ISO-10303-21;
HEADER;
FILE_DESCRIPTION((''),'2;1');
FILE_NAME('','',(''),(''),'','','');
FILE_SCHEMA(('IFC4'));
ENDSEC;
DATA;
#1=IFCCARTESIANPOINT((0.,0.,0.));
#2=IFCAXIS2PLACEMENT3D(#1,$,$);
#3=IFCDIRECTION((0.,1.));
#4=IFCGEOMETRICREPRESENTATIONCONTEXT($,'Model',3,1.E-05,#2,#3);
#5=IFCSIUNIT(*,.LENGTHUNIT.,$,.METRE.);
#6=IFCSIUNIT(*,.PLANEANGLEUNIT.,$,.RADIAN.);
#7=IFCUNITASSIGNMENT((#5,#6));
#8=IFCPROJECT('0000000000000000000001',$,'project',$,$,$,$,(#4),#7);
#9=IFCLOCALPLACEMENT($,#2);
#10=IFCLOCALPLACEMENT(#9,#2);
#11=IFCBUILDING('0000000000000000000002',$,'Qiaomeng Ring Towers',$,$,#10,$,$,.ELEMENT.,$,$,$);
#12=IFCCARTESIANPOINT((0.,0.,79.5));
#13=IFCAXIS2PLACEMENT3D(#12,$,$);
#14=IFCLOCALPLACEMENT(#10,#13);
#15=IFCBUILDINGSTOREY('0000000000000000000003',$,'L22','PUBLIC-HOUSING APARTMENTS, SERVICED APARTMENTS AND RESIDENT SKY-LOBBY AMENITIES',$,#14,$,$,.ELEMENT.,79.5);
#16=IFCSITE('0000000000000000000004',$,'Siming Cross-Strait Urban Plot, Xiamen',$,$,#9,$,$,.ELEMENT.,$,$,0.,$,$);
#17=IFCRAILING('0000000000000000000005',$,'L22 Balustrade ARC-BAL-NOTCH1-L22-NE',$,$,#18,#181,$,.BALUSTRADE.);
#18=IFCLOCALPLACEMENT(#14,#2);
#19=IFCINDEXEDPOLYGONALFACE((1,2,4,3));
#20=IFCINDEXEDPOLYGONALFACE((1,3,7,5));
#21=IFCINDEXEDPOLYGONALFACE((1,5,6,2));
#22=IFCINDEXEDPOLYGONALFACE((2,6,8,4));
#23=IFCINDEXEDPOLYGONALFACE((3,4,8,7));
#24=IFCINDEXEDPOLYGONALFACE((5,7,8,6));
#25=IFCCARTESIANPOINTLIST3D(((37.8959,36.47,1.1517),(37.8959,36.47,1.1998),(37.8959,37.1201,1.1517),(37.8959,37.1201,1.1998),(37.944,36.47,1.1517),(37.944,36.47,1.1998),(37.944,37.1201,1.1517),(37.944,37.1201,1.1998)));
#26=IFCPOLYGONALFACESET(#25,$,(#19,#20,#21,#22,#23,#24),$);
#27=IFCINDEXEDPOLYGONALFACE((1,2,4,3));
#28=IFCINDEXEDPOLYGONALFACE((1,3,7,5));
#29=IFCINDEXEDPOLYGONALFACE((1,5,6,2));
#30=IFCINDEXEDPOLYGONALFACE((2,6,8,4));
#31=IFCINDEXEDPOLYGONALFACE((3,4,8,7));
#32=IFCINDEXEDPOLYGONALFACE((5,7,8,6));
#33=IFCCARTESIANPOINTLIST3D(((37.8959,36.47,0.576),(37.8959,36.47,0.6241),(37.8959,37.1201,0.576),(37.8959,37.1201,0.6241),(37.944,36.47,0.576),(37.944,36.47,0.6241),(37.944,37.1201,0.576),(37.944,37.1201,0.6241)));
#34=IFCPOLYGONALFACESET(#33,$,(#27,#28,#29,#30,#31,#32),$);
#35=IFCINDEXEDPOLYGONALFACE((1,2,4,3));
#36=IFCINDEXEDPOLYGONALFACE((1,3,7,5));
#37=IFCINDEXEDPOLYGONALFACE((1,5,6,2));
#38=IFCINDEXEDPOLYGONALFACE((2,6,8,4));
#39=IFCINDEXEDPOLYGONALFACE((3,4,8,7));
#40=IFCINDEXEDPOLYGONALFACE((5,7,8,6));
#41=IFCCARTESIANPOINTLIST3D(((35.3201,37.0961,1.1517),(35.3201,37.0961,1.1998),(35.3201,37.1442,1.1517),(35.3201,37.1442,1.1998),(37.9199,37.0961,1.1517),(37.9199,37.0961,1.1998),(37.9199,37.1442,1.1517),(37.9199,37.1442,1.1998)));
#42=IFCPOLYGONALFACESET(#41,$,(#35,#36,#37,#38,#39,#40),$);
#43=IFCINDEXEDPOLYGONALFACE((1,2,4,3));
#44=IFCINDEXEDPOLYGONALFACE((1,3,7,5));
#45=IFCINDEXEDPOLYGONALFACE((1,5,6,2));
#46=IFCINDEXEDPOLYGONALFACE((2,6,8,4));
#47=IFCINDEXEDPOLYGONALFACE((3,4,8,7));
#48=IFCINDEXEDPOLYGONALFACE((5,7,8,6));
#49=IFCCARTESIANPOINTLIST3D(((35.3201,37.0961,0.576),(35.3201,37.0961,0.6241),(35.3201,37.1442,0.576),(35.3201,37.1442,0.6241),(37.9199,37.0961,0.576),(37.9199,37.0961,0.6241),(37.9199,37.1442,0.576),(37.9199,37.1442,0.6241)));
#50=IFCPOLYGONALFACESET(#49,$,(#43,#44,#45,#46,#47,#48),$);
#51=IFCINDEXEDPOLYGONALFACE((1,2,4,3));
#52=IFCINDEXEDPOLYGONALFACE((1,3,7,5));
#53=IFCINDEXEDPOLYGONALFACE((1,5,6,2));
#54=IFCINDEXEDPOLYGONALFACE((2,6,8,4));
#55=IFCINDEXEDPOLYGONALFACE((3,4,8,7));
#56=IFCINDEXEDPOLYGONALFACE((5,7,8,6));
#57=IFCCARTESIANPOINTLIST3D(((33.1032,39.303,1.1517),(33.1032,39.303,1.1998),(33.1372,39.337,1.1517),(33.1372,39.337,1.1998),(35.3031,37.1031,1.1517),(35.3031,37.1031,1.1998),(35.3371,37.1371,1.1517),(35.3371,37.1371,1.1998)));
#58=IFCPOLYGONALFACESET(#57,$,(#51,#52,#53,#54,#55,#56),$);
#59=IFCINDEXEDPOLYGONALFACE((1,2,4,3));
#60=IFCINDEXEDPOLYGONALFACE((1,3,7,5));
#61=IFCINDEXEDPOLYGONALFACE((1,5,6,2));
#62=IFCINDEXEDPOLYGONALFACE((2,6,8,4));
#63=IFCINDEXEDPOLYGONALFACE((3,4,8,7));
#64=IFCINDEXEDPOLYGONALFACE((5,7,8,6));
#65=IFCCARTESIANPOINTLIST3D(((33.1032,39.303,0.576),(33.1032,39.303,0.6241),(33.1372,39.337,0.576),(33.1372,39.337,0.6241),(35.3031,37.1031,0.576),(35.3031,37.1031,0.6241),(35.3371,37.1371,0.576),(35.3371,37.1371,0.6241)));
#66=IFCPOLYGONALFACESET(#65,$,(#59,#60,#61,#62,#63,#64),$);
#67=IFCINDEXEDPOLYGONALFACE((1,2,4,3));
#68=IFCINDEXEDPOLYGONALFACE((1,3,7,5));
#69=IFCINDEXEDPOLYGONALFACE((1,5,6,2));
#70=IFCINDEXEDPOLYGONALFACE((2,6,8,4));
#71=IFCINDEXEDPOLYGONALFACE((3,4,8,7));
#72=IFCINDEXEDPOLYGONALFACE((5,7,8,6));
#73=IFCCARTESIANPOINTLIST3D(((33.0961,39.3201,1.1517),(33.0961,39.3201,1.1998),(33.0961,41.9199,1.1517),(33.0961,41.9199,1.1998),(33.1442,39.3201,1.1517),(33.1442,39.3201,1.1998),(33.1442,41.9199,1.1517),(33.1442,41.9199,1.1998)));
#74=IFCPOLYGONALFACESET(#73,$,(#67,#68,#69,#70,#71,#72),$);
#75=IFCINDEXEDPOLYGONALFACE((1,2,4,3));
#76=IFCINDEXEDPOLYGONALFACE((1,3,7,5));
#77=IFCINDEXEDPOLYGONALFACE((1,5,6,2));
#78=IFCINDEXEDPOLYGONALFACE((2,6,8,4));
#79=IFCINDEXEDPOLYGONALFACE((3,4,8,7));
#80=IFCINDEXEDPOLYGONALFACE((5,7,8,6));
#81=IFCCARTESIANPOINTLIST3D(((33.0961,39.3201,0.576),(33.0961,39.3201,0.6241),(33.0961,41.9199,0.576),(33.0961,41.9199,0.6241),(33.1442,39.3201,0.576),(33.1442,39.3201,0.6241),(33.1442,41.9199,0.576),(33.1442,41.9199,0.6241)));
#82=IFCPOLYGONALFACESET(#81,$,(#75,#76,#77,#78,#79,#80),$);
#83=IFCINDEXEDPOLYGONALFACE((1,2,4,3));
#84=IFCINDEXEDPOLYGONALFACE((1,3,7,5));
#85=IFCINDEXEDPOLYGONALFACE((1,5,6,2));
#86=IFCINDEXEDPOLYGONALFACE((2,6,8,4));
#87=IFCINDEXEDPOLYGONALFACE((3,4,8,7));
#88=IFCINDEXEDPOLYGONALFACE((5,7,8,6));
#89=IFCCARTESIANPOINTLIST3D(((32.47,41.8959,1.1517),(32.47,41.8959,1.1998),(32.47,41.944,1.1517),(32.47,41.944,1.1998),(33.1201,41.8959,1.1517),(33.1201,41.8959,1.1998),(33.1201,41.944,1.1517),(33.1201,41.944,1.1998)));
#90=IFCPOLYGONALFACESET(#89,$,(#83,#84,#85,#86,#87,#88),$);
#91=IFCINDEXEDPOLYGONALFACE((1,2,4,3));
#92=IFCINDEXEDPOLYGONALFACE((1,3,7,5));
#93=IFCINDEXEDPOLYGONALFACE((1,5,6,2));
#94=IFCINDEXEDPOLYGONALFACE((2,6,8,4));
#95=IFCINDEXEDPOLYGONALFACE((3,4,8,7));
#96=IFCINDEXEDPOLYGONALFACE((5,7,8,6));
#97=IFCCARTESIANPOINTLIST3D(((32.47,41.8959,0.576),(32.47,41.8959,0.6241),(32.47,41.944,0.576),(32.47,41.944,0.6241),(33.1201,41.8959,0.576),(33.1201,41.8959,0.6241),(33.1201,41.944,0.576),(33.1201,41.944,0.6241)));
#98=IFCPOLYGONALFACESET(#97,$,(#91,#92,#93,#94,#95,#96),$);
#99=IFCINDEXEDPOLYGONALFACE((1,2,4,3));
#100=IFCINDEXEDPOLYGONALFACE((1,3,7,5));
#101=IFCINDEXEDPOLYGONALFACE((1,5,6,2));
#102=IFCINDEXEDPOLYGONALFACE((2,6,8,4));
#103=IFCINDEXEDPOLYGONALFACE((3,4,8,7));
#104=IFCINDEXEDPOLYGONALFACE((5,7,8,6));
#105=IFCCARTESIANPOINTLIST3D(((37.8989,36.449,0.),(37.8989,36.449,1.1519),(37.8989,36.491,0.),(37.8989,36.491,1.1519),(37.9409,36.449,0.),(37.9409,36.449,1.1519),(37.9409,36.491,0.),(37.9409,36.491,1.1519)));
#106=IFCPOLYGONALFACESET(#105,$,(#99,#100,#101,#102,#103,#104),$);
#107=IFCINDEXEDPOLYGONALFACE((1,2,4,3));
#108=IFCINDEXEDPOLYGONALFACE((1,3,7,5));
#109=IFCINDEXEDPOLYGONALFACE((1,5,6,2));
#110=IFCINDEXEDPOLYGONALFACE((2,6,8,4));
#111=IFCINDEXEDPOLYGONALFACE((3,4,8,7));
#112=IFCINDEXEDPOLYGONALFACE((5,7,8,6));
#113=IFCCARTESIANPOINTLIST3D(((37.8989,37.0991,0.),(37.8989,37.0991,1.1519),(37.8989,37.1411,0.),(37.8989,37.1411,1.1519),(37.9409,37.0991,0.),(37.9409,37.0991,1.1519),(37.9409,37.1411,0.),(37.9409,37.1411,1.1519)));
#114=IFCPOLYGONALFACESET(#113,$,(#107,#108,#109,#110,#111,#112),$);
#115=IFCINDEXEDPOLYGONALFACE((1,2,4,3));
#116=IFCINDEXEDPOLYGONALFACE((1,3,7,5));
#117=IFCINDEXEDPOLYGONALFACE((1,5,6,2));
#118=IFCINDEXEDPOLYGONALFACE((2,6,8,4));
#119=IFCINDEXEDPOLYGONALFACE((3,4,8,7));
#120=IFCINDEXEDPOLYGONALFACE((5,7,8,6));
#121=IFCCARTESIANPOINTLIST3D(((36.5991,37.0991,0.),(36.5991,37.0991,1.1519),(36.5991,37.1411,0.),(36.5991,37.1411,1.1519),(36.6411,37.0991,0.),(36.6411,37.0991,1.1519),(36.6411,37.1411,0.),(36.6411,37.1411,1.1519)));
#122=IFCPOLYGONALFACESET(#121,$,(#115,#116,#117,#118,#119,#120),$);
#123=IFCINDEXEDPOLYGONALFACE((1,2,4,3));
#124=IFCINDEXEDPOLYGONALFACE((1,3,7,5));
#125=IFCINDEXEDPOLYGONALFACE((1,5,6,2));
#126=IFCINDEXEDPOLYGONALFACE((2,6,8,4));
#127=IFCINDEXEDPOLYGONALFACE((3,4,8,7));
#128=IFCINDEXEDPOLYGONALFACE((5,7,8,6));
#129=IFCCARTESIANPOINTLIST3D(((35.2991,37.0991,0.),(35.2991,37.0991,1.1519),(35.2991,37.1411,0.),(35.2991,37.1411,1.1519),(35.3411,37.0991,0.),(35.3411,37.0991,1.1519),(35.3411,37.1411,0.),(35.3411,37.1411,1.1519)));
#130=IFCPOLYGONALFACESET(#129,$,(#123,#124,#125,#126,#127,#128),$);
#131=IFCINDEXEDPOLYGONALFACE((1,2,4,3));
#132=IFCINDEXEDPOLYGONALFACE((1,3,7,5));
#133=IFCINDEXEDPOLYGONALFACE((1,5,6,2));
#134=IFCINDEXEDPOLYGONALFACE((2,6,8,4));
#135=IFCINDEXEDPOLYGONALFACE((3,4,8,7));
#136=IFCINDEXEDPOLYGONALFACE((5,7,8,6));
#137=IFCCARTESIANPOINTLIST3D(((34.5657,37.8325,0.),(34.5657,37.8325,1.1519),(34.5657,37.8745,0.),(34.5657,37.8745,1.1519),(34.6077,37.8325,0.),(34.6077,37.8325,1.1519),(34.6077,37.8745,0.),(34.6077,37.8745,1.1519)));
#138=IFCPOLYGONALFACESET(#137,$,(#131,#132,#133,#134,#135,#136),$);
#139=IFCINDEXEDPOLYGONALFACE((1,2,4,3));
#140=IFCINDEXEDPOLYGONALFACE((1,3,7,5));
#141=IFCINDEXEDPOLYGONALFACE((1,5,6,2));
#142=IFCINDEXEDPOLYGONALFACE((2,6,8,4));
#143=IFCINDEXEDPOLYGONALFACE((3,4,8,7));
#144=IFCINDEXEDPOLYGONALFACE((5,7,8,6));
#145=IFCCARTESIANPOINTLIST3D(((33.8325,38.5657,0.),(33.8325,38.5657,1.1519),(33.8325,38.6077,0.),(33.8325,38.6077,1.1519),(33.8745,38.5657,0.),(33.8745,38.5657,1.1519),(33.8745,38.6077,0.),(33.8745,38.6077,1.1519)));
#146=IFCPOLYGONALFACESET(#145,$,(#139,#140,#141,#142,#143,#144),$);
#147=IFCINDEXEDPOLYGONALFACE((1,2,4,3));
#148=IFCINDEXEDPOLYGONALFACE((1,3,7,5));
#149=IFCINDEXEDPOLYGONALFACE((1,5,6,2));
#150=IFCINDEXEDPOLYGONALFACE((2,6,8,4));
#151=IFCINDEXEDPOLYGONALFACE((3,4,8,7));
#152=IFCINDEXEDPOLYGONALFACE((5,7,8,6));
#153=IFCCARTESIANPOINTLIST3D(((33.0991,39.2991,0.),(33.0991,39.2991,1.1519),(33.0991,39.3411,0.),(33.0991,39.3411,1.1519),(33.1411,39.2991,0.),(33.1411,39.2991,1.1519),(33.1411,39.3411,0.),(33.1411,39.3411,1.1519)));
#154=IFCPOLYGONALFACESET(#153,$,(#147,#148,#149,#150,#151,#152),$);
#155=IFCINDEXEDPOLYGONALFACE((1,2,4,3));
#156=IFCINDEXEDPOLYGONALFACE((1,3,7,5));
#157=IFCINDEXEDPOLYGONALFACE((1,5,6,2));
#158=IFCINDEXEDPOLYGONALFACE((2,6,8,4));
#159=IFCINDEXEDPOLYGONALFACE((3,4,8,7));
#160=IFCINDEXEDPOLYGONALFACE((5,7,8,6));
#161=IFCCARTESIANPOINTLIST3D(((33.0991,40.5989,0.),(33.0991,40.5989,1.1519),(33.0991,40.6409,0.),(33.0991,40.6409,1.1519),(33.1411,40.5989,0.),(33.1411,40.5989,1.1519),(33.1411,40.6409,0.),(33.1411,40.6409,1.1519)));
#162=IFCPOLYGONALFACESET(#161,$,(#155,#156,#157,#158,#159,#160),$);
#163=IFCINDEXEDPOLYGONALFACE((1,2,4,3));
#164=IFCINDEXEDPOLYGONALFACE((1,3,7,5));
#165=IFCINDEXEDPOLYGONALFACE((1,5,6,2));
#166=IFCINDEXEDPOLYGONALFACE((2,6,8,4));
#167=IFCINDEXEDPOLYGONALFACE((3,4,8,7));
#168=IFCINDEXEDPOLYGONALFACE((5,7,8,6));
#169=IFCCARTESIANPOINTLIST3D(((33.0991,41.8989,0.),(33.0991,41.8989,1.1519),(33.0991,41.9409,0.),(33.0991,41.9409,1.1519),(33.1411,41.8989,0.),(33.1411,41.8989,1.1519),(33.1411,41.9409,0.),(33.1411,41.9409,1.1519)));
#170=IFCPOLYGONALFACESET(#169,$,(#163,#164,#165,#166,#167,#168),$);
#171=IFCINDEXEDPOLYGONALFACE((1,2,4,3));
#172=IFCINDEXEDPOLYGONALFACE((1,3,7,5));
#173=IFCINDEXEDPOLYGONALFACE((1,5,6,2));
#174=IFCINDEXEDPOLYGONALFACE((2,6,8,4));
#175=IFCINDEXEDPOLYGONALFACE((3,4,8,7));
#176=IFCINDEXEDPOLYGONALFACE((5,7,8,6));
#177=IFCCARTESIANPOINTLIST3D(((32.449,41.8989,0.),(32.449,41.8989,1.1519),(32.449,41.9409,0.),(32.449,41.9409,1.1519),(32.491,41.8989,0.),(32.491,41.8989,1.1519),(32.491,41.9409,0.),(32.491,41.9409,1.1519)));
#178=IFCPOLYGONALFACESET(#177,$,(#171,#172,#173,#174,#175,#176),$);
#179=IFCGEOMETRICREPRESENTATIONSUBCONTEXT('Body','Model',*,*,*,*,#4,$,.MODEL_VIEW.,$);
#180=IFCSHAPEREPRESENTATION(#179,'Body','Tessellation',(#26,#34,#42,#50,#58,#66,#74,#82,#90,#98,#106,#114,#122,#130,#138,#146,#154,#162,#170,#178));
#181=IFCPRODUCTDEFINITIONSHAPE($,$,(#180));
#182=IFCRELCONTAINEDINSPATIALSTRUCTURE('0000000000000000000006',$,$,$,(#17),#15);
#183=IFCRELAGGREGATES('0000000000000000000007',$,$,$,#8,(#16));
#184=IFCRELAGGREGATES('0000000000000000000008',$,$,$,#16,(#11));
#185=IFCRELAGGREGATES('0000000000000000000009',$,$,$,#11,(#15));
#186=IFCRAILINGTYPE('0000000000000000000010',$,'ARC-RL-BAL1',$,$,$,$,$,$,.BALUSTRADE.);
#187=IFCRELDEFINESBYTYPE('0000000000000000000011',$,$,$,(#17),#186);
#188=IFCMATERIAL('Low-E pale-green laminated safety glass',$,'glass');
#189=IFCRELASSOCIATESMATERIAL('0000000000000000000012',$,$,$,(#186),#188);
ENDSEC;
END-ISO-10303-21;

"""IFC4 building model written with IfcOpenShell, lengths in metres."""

from ifc_helpers import new_model, si_unit, direction, frame, origin, origin_2d, place, context, subcontext, project, spatial, rectangle, extrude, material, type_object, element, save


model = new_model("IFC4")

# Units and contexts
model_context = context("Model", 3, precision=1e-05, world=origin(), true_north=direction((0.0, 1.0)))
body_context = subcontext(model_context, "Body", "Model", "MODEL_VIEW")
ifc_project = project(units=[si_unit("LENGTHUNIT", "METRE"), si_unit("PLANEANGLEUNIT", "RADIAN")], contexts=[model_context])

# Site, building, storey
site_placement = place(None, origin())
site = spatial("IfcSite", under=ifc_project, at=site_placement, Name="Siming Cross-Strait Urban Plot, Xiamen", CompositionType="ELEMENT", RefElevation=0.0)
building_placement = place(site_placement, origin())
building = spatial("IfcBuilding", under=site, at=building_placement, Name="Qiaomeng Ring Towers", CompositionType="ELEMENT")
storey_placement = place(building_placement, frame((0.0, 0.0, 79.5)))
storey = spatial("IfcBuildingStorey", under=building, at=storey_placement, Name="L22", Description="PUBLIC-HOUSING APARTMENTS, SERVICED APARTMENTS AND RESIDENT SKY-LOBBY AMENITIES", CompositionType="ELEMENT", Elevation=79.5)

# Railing
ifc_material_1 = material(Name="Low-E pale-green laminated safety glass", Category="glass")
railing_type = type_object("IfcRailingType", Name="ARC-RL-BAL1", PredefinedType="BALUSTRADE", material=ifc_material_1)
railing_placement = place(storey_placement, frame((37.9199, 36.47, 0.0)))
element("IfcRailing", 1, at=railing_placement, inside=storey, type_object=railing_type, Name="L22 Balustrade ARC-BAL-NOTCH1-L22-NE", PredefinedType="BALUSTRADE", context=body_context, shape_type="SweptSolid", body=[
    extrude(rectangle(XDim=0.0481, YDim=0.0481, at=origin_2d()), frame((0.0, 0.0, 1.1758), z_axis=(0.0, 1.0, 0.0), x_axis=(-1.0, 0.0, 0.0)), (0.0, 0.0, 1.0), 0.6501),
    extrude(rectangle(XDim=0.0481, YDim=0.0481, at=origin_2d()), frame((0.0, 0.0, 0.6001), z_axis=(0.0, 1.0, 0.0), x_axis=(-1.0, 0.0, 0.0)), (0.0, 0.0, 1.0), 0.6501),
    extrude(rectangle(XDim=0.0481, YDim=0.0481, at=origin_2d()), frame((0.0, 0.6501, 1.1758), z_axis=(-1.0, 0.0, 0.0), x_axis=(0.0, -1.0, 0.0)), (0.0, 0.0, 1.0), 2.5999),
    extrude(rectangle(XDim=0.0481, YDim=0.0481, at=origin_2d()), frame((0.0, 0.6501, 0.6001), z_axis=(-1.0, 0.0, 0.0), x_axis=(0.0, -1.0, 0.0)), (0.0, 0.0, 1.0), 2.5999),
    extrude(rectangle(XDim=0.0481, YDim=0.0481, at=origin_2d()), frame((-2.5999, 0.6501, 1.1758), z_axis=(-0.707107, 0.707107, 0.0), x_axis=(-0.707107, -0.707107, 0.0)), (0.0, 0.0, 1.0), 3.1111),
    extrude(rectangle(XDim=0.0481, YDim=0.0481, at=origin_2d()), frame((-2.5999, 0.6501, 0.6001), z_axis=(-0.707107, 0.707107, 0.0), x_axis=(-0.707107, -0.707107, 0.0)), (0.0, 0.0, 1.0), 3.1111),
    extrude(rectangle(XDim=0.0481, YDim=0.0481, at=origin_2d()), frame((-4.7998, 2.8501, 1.1758), z_axis=(0.0, 1.0, 0.0), x_axis=(-1.0, 0.0, 0.0)), (0.0, 0.0, 1.0), 2.5999),
    extrude(rectangle(XDim=0.0481, YDim=0.0481, at=origin_2d()), frame((-4.7998, 2.8501, 0.6001), z_axis=(0.0, 1.0, 0.0), x_axis=(-1.0, 0.0, 0.0)), (0.0, 0.0, 1.0), 2.5999),
    extrude(rectangle(XDim=0.0481, YDim=0.0481, at=origin_2d()), frame((-4.7998, 5.45, 1.1758), z_axis=(-1.0, 0.0, 0.0), x_axis=(0.0, -1.0, 0.0)), (0.0, 0.0, 1.0), 0.6501),
    extrude(rectangle(XDim=0.0481, YDim=0.0481, at=origin_2d()), frame((-4.7998, 5.45, 0.6001), z_axis=(-1.0, 0.0, 0.0), x_axis=(0.0, -1.0, 0.0)), (0.0, 0.0, 1.0), 0.6501),
    extrude(rectangle(XDim=0.042, YDim=0.042, at=origin_2d()), origin(), (0.0, 0.0, 1.0), 1.1519),
    extrude(rectangle(XDim=0.042, YDim=0.042, at=origin_2d()), frame((0.0, 0.6501, 0.0)), (0.0, 0.0, 1.0), 1.1519),
    extrude(rectangle(XDim=0.042, YDim=0.042, at=origin_2d()), frame((-1.2998, 0.6501, 0.0)), (0.0, 0.0, 1.0), 1.1519),
    extrude(rectangle(XDim=0.042, YDim=0.042, at=origin_2d()), frame((-2.5999, 0.6501, 0.0)), (0.0, 0.0, 1.0), 1.1519),
    extrude(rectangle(XDim=0.042, YDim=0.042, at=origin_2d()), frame((-3.3333, 1.3835, 0.0)), (0.0, 0.0, 1.0), 1.1519),
    extrude(rectangle(XDim=0.042, YDim=0.042, at=origin_2d()), frame((-4.0664, 2.1167, 0.0)), (0.0, 0.0, 1.0), 1.1519),
    extrude(rectangle(XDim=0.042, YDim=0.042, at=origin_2d()), frame((-4.7998, 2.8501, 0.0)), (0.0, 0.0, 1.0), 1.1519),
    extrude(rectangle(XDim=0.042, YDim=0.042, at=origin_2d()), frame((-4.7998, 4.1499, 0.0)), (0.0, 0.0, 1.0), 1.1519),
    extrude(rectangle(XDim=0.042, YDim=0.042, at=origin_2d()), frame((-4.7998, 5.45, 0.0)), (0.0, 0.0, 1.0), 1.1519),
    extrude(rectangle(XDim=0.042, YDim=0.042, at=origin_2d()), frame((-5.45, 5.45, 0.0)), (0.0, 0.0, 1.0), 1.1519),
])

save(model, "model.ifc")
